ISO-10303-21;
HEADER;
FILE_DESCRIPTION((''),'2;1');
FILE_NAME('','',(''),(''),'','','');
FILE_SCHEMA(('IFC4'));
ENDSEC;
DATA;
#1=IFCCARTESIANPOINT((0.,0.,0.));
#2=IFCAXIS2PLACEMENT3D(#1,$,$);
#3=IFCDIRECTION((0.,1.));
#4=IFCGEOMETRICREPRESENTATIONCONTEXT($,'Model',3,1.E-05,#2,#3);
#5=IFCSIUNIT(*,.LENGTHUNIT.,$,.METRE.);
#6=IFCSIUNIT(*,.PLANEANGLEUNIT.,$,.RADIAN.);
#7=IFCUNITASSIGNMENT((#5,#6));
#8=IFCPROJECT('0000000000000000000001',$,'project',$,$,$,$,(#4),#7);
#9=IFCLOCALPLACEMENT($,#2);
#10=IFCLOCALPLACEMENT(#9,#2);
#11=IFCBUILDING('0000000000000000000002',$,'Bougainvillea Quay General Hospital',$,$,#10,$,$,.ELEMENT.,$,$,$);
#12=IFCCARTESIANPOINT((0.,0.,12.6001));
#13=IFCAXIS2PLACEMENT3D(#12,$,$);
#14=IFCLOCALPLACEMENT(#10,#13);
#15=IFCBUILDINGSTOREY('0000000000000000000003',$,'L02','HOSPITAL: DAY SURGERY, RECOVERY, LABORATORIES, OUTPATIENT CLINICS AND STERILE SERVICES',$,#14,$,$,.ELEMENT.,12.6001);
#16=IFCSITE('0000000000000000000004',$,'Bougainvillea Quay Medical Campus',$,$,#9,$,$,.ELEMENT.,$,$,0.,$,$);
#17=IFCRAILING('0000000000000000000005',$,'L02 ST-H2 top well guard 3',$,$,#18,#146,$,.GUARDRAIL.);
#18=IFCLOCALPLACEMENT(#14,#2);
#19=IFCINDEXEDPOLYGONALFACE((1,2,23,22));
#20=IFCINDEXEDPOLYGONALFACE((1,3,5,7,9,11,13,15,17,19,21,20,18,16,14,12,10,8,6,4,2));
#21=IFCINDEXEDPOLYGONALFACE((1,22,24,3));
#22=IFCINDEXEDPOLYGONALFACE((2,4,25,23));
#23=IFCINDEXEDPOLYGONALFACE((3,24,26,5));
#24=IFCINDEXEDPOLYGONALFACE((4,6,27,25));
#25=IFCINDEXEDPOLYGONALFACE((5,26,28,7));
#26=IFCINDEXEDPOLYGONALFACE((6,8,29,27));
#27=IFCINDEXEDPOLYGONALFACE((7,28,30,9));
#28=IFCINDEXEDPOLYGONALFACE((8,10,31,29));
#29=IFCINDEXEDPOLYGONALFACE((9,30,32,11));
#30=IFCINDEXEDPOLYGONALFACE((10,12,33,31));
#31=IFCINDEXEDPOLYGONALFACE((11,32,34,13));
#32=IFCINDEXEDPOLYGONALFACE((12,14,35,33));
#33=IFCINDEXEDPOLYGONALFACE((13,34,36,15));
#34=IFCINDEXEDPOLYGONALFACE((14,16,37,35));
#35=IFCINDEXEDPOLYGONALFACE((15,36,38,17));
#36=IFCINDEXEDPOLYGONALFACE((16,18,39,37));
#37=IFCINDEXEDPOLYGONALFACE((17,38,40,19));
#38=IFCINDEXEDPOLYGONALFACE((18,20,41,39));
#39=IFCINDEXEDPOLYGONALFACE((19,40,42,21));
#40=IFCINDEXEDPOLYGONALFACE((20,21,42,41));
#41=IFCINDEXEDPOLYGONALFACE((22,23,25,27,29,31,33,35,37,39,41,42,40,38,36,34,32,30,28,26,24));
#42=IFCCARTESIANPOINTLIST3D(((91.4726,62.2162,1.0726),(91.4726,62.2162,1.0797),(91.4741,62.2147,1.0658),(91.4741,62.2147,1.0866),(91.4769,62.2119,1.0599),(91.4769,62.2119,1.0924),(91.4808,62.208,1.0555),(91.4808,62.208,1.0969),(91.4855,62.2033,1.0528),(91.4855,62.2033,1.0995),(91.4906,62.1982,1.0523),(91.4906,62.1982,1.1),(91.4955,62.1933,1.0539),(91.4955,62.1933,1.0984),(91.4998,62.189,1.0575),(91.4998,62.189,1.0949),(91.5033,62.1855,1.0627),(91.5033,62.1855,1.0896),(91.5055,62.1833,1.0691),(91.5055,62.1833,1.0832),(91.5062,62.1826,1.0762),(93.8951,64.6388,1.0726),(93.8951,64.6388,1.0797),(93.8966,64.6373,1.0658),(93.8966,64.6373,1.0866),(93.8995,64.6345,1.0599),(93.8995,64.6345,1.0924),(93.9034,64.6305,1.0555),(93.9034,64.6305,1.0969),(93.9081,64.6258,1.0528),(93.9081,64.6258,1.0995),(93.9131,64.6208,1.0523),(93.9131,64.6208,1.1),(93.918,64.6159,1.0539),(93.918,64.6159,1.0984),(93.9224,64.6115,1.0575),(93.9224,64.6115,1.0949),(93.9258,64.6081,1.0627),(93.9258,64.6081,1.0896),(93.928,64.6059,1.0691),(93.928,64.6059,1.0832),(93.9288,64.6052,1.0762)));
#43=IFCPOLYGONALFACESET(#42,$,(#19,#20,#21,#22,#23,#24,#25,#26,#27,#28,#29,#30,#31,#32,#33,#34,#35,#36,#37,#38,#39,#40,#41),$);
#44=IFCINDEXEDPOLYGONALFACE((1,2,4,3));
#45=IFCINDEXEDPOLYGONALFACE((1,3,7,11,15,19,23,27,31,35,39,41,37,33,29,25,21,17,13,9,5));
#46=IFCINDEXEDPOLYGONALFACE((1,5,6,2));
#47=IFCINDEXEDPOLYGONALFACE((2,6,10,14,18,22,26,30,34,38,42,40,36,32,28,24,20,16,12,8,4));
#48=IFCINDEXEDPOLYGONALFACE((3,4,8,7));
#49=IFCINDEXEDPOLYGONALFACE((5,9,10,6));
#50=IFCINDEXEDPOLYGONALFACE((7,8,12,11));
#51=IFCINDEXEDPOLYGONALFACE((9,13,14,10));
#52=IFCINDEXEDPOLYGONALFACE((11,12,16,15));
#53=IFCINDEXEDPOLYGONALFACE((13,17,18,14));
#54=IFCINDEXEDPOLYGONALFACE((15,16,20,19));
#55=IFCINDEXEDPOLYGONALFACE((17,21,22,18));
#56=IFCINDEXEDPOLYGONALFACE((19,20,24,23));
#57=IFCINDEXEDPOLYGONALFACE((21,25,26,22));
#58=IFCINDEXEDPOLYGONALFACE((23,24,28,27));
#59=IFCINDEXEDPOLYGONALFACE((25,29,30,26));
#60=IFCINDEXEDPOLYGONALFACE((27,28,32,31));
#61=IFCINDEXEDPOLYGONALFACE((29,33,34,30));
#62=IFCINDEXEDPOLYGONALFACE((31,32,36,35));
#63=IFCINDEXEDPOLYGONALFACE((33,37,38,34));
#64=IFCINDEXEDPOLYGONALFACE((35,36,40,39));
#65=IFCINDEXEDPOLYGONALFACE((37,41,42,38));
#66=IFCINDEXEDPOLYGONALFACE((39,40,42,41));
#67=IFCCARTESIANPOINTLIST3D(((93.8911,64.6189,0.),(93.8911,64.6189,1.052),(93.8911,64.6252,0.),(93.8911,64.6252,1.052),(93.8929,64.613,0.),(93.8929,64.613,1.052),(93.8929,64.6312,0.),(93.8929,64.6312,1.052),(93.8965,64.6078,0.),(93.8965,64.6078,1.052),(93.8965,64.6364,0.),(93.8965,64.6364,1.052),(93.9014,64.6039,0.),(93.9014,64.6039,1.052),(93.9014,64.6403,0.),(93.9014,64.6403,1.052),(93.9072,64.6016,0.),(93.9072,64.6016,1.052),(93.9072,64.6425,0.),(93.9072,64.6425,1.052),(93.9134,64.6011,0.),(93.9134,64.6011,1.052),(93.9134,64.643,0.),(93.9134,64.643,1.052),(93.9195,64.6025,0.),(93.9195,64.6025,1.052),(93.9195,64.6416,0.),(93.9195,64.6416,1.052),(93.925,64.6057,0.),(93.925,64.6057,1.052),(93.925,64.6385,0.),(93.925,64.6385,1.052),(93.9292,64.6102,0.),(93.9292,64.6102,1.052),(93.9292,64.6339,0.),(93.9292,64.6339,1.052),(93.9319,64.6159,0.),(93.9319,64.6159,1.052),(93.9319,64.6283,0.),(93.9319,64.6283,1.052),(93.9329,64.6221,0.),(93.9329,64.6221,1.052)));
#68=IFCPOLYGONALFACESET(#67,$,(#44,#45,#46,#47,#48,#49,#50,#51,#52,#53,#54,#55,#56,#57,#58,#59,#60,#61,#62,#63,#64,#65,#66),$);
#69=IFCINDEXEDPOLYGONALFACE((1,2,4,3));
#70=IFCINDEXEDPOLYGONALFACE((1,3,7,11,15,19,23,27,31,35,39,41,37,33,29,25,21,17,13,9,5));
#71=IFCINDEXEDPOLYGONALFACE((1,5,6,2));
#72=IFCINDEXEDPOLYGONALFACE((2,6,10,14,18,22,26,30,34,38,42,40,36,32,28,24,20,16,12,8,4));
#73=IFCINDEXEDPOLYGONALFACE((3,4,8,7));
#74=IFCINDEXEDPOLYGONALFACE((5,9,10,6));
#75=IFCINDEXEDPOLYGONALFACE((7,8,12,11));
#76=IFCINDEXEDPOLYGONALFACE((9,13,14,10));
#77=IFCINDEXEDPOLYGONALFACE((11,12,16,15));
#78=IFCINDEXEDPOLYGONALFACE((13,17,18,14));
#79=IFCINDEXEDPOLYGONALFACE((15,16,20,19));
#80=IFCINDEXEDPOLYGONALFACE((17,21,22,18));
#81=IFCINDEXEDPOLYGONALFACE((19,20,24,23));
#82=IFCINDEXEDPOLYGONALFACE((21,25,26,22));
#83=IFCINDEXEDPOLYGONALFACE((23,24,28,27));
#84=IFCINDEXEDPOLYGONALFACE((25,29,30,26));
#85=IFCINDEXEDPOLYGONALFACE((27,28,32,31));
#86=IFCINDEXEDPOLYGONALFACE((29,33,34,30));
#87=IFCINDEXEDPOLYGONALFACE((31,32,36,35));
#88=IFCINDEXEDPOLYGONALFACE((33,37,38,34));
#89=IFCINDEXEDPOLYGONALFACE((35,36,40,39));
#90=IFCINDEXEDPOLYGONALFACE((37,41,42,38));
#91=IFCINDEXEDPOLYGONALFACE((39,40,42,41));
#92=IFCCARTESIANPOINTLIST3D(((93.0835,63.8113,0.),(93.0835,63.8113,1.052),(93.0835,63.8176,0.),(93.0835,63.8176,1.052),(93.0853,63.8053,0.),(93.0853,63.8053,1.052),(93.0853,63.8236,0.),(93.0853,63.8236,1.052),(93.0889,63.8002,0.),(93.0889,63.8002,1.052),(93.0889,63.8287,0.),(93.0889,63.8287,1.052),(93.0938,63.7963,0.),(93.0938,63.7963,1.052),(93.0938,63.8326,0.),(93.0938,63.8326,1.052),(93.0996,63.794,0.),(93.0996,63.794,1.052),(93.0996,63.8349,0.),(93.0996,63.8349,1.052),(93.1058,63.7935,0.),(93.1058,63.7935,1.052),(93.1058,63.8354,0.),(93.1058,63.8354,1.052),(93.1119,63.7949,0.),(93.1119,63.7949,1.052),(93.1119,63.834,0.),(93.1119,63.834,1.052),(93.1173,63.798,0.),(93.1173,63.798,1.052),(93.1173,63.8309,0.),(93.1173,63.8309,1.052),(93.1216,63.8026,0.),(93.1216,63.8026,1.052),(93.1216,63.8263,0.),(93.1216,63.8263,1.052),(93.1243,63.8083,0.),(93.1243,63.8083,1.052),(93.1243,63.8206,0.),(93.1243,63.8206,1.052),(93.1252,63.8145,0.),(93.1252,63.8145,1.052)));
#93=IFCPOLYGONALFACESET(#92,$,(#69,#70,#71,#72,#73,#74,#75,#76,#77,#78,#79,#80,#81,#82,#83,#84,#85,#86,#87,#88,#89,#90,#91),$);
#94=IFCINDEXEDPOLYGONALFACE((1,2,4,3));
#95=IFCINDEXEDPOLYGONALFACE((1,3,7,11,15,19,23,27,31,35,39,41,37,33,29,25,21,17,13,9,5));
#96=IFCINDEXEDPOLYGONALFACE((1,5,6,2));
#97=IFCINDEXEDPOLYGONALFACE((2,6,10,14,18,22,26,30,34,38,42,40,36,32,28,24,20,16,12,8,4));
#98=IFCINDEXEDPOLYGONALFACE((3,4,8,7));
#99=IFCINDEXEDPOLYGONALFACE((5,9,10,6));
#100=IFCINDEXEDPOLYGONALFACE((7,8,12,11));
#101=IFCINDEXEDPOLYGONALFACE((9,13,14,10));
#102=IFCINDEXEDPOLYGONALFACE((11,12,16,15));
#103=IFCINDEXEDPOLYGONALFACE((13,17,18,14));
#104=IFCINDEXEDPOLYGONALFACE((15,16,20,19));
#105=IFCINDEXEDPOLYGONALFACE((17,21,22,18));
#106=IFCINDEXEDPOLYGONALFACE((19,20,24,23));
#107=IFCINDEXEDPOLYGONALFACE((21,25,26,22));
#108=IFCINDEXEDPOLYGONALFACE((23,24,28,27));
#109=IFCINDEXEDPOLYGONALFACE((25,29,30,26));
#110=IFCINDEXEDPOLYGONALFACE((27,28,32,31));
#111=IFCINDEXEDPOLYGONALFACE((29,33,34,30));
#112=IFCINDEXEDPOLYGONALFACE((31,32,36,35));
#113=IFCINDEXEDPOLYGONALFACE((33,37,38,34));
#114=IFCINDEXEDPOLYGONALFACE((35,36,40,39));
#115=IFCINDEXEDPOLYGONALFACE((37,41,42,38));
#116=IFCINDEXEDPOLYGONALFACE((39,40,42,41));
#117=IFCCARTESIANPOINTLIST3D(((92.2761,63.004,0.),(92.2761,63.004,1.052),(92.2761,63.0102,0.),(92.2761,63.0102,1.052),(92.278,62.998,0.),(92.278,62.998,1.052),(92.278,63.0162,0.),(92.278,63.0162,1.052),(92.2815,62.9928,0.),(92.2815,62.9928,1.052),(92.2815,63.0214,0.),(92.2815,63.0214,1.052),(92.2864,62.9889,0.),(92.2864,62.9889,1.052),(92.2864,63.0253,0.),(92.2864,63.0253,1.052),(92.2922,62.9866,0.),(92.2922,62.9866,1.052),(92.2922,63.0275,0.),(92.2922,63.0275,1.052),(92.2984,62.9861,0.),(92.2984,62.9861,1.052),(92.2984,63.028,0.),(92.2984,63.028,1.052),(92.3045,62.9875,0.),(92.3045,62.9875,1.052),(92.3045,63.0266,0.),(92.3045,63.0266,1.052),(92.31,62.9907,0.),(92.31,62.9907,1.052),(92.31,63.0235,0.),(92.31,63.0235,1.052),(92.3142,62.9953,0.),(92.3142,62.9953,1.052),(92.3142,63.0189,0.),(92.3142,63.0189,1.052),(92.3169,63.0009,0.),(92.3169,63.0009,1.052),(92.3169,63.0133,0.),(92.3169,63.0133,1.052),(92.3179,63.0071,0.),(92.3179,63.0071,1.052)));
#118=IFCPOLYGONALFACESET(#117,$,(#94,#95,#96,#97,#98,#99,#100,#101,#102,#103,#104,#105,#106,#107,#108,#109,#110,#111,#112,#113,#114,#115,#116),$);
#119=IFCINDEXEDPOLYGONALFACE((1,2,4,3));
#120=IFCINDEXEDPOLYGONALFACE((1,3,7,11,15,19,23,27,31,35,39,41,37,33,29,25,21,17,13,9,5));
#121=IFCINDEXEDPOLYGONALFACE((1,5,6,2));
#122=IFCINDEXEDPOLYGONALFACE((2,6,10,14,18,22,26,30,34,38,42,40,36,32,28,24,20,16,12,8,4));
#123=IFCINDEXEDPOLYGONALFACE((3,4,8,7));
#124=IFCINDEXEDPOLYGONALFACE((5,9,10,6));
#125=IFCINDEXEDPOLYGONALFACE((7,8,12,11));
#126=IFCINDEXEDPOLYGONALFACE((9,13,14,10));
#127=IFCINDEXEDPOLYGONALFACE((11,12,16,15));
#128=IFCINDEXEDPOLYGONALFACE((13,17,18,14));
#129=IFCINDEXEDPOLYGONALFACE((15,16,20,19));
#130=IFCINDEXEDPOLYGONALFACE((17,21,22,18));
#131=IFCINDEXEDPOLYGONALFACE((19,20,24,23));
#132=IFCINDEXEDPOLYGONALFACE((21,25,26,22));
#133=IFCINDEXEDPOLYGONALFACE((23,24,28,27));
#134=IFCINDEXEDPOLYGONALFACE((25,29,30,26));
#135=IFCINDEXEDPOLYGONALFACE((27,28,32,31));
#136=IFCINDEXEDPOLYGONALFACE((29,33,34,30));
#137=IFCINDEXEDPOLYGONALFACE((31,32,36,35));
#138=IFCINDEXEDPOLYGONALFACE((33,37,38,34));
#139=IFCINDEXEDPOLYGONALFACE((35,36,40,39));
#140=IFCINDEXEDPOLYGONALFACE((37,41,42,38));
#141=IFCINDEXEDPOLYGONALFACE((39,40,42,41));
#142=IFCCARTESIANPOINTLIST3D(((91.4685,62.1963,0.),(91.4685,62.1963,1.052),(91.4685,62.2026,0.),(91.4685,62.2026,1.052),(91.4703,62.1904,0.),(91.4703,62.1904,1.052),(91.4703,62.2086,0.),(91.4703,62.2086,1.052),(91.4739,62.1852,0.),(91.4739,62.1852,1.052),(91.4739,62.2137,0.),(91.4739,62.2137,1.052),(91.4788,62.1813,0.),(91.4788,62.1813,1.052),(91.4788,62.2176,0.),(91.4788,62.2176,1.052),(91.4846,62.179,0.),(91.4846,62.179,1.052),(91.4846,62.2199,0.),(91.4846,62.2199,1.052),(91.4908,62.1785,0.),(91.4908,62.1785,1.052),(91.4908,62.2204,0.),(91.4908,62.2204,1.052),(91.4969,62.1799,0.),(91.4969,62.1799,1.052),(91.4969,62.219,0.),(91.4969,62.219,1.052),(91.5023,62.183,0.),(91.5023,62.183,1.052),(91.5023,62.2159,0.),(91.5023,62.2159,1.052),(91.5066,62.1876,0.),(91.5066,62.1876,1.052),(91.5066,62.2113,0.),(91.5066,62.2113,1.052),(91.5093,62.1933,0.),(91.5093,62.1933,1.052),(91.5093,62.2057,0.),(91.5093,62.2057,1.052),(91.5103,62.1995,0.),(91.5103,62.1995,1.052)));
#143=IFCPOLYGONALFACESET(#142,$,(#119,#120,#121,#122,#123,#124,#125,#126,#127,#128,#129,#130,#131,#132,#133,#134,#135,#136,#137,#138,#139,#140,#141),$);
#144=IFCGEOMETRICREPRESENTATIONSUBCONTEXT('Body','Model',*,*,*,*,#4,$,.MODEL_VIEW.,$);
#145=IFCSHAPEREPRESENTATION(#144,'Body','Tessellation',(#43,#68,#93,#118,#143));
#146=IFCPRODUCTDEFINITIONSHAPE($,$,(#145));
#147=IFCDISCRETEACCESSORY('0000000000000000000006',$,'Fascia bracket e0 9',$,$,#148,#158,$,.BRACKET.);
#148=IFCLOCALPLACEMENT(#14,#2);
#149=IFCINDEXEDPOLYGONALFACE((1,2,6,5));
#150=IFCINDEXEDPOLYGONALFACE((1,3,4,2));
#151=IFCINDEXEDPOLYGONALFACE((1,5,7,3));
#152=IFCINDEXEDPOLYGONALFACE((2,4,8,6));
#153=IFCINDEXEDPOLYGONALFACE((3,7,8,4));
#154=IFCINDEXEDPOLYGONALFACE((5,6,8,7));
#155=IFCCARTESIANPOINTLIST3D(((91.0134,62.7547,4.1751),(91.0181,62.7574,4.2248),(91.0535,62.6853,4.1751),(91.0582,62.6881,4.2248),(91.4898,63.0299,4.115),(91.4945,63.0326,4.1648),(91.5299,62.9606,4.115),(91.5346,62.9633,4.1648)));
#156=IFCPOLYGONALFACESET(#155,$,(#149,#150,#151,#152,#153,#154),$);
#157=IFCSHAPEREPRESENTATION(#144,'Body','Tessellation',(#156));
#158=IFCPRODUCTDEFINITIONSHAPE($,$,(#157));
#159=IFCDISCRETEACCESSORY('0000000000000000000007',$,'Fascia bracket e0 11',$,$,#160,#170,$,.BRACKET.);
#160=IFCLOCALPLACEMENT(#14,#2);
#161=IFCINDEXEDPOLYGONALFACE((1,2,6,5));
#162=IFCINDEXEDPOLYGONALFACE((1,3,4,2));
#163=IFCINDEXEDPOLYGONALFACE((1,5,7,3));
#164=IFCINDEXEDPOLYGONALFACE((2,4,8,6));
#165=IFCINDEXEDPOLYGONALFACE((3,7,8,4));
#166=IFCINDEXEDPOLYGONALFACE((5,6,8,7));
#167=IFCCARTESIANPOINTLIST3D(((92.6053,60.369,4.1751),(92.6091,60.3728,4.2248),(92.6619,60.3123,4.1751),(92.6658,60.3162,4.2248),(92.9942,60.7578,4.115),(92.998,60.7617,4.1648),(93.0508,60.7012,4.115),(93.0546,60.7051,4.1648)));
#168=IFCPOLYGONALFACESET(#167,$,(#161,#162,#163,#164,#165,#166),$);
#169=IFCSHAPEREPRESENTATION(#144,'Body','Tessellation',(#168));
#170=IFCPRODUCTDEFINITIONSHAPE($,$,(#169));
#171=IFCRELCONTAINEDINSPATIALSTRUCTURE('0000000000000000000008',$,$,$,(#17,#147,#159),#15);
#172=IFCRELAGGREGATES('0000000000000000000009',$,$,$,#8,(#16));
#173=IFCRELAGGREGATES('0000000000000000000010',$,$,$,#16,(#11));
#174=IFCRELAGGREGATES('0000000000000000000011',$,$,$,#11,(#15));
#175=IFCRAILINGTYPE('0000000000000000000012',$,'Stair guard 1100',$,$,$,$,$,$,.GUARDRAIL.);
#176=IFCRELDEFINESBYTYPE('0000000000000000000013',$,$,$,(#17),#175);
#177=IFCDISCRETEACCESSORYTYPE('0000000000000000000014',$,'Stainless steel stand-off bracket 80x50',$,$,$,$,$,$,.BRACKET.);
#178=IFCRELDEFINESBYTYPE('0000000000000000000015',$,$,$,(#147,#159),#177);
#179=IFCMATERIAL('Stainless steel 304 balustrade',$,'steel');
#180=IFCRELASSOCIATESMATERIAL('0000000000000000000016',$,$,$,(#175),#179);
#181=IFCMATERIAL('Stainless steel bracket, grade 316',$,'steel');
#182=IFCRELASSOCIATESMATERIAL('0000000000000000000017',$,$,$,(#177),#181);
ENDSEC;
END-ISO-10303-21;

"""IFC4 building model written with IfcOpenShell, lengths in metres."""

from ifc_helpers import new_model, si_unit, direction, frame, origin, origin_2d, place, context, subcontext, project, spatial, rectangle, circle, extrude, material, material_profile, profile_set, type_object, element, save


model = new_model("IFC4")

# Units and contexts
model_context = context("Model", 3, precision=1e-05, world=origin(), true_north=direction((0.0, 1.0)))
body_context = subcontext(model_context, "Body", "Model", "MODEL_VIEW")
ifc_project = project(units=[si_unit("LENGTHUNIT", "METRE"), si_unit("PLANEANGLEUNIT", "RADIAN")], contexts=[model_context])

# Site, building, storey
site_placement = place(None, origin())
site = spatial("IfcSite", under=ifc_project, at=site_placement, Name="Bougainvillea Quay Medical Campus", CompositionType="ELEMENT", RefElevation=0.0)
building_placement = place(site_placement, origin())
building = spatial("IfcBuilding", under=site, at=building_placement, Name="Bougainvillea Quay General Hospital", CompositionType="ELEMENT")
storey_placement = place(building_placement, frame((0.0, 0.0, 12.6001)))
storey = spatial("IfcBuildingStorey", under=building, at=storey_placement, Name="L02", Description="HOSPITAL: DAY SURGERY, RECOVERY, LABORATORIES, OUTPATIENT CLINICS AND STERILE SERVICES", CompositionType="ELEMENT", Elevation=12.6001)

# Railing
ifc_material_1 = material(Name="Stainless steel 304 balustrade", Category="steel")
railing_type = type_object("IfcRailingType", Name="Stair guard 1100", PredefinedType="GUARDRAIL", material=ifc_material_1)
railing_placement = place(storey_placement, frame((93.9119, 64.6221, 0.0)))
element("IfcRailing", 1, at=railing_placement, inside=storey, type_object=railing_type, Name="L02 ST-H2 top well guard 3", PredefinedType="GUARDRAIL", context=body_context, shape_type="SweptSolid", body=[
    extrude(circle(Radius=0.0239, at=origin_2d()), frame((0.0, 0.0, 1.0762), z_axis=(-0.707107, -0.707107, 0.0), x_axis=(0.707107, -0.707107, 0.0)), (0.0, 0.0, 1.0), 3.426),
    extrude(circle(Radius=0.021, at=origin_2d()), origin(), (0.0, 0.0, 1.0), 1.052),
    extrude(circle(Radius=0.021, at=origin_2d()), frame((-0.8076, -0.8076, 0.0)), (0.0, 0.0, 1.0), 1.052),
    extrude(circle(Radius=0.021, at=origin_2d()), frame((-1.615, -1.615, 0.0)), (0.0, 0.0, 1.0), 1.052),
    extrude(circle(Radius=0.021, at=origin_2d()), frame((-2.4226, -2.4226, 0.0)), (0.0, 0.0, 1.0), 1.052),
])

# Discrete accessories
ifc_material_2 = material(Name="Stainless steel bracket, grade 316", Category="steel")
ifc_material_profile_1 = material_profile(ifc_material_2, rectangle(XDim=0.0801, YDim=0.05, at=origin_2d()))
ifc_profile_set_1 = profile_set([ifc_material_profile_1], Name="Stainless steel bracket, grade 316")
discrete_accessory_type = type_object("IfcDiscreteAccessoryType", Name="Stainless steel stand-off bracket 80x50", PredefinedType="BRACKET", material=ifc_profile_set_1)
discrete_accessory_1_placement = place(storey_placement, frame((91.5122, 62.9966, 4.1399), z_axis=(-0.860797, -0.497241, 0.108537), x_axis=(0.500196, -0.865912, 0.0)))
element("IfcDiscreteAccessory", 2, at=discrete_accessory_1_placement, inside=storey, type_object=discrete_accessory_type, Name="Fascia bracket e0 9", PredefinedType="BRACKET", context=body_context, shape_type="SweptSolid", body=[
    extrude(rectangle(XDim=0.0801, YDim=0.05, at=origin_2d()), origin(), (0.0, 0.0, 1.0), 0.5535),
])
discrete_accessory_2_placement = place(storey_placement, frame((93.0244, 60.7314, 4.1399), z_axis=(-0.702928, -0.702928, 0.10855), x_axis=(0.707107, -0.707107, 0.0)))
element("IfcDiscreteAccessory", 3, at=discrete_accessory_2_placement, inside=storey, type_object=discrete_accessory_type, Name="Fascia bracket e0 11", PredefinedType="BRACKET", context=body_context, shape_type="SweptSolid", body=[
    extrude(rectangle(XDim=0.0801, YDim=0.05, at=origin_2d()), origin(), (0.0, 0.0, 1.0), 0.5532),
])

save(model, "model.ifc")
